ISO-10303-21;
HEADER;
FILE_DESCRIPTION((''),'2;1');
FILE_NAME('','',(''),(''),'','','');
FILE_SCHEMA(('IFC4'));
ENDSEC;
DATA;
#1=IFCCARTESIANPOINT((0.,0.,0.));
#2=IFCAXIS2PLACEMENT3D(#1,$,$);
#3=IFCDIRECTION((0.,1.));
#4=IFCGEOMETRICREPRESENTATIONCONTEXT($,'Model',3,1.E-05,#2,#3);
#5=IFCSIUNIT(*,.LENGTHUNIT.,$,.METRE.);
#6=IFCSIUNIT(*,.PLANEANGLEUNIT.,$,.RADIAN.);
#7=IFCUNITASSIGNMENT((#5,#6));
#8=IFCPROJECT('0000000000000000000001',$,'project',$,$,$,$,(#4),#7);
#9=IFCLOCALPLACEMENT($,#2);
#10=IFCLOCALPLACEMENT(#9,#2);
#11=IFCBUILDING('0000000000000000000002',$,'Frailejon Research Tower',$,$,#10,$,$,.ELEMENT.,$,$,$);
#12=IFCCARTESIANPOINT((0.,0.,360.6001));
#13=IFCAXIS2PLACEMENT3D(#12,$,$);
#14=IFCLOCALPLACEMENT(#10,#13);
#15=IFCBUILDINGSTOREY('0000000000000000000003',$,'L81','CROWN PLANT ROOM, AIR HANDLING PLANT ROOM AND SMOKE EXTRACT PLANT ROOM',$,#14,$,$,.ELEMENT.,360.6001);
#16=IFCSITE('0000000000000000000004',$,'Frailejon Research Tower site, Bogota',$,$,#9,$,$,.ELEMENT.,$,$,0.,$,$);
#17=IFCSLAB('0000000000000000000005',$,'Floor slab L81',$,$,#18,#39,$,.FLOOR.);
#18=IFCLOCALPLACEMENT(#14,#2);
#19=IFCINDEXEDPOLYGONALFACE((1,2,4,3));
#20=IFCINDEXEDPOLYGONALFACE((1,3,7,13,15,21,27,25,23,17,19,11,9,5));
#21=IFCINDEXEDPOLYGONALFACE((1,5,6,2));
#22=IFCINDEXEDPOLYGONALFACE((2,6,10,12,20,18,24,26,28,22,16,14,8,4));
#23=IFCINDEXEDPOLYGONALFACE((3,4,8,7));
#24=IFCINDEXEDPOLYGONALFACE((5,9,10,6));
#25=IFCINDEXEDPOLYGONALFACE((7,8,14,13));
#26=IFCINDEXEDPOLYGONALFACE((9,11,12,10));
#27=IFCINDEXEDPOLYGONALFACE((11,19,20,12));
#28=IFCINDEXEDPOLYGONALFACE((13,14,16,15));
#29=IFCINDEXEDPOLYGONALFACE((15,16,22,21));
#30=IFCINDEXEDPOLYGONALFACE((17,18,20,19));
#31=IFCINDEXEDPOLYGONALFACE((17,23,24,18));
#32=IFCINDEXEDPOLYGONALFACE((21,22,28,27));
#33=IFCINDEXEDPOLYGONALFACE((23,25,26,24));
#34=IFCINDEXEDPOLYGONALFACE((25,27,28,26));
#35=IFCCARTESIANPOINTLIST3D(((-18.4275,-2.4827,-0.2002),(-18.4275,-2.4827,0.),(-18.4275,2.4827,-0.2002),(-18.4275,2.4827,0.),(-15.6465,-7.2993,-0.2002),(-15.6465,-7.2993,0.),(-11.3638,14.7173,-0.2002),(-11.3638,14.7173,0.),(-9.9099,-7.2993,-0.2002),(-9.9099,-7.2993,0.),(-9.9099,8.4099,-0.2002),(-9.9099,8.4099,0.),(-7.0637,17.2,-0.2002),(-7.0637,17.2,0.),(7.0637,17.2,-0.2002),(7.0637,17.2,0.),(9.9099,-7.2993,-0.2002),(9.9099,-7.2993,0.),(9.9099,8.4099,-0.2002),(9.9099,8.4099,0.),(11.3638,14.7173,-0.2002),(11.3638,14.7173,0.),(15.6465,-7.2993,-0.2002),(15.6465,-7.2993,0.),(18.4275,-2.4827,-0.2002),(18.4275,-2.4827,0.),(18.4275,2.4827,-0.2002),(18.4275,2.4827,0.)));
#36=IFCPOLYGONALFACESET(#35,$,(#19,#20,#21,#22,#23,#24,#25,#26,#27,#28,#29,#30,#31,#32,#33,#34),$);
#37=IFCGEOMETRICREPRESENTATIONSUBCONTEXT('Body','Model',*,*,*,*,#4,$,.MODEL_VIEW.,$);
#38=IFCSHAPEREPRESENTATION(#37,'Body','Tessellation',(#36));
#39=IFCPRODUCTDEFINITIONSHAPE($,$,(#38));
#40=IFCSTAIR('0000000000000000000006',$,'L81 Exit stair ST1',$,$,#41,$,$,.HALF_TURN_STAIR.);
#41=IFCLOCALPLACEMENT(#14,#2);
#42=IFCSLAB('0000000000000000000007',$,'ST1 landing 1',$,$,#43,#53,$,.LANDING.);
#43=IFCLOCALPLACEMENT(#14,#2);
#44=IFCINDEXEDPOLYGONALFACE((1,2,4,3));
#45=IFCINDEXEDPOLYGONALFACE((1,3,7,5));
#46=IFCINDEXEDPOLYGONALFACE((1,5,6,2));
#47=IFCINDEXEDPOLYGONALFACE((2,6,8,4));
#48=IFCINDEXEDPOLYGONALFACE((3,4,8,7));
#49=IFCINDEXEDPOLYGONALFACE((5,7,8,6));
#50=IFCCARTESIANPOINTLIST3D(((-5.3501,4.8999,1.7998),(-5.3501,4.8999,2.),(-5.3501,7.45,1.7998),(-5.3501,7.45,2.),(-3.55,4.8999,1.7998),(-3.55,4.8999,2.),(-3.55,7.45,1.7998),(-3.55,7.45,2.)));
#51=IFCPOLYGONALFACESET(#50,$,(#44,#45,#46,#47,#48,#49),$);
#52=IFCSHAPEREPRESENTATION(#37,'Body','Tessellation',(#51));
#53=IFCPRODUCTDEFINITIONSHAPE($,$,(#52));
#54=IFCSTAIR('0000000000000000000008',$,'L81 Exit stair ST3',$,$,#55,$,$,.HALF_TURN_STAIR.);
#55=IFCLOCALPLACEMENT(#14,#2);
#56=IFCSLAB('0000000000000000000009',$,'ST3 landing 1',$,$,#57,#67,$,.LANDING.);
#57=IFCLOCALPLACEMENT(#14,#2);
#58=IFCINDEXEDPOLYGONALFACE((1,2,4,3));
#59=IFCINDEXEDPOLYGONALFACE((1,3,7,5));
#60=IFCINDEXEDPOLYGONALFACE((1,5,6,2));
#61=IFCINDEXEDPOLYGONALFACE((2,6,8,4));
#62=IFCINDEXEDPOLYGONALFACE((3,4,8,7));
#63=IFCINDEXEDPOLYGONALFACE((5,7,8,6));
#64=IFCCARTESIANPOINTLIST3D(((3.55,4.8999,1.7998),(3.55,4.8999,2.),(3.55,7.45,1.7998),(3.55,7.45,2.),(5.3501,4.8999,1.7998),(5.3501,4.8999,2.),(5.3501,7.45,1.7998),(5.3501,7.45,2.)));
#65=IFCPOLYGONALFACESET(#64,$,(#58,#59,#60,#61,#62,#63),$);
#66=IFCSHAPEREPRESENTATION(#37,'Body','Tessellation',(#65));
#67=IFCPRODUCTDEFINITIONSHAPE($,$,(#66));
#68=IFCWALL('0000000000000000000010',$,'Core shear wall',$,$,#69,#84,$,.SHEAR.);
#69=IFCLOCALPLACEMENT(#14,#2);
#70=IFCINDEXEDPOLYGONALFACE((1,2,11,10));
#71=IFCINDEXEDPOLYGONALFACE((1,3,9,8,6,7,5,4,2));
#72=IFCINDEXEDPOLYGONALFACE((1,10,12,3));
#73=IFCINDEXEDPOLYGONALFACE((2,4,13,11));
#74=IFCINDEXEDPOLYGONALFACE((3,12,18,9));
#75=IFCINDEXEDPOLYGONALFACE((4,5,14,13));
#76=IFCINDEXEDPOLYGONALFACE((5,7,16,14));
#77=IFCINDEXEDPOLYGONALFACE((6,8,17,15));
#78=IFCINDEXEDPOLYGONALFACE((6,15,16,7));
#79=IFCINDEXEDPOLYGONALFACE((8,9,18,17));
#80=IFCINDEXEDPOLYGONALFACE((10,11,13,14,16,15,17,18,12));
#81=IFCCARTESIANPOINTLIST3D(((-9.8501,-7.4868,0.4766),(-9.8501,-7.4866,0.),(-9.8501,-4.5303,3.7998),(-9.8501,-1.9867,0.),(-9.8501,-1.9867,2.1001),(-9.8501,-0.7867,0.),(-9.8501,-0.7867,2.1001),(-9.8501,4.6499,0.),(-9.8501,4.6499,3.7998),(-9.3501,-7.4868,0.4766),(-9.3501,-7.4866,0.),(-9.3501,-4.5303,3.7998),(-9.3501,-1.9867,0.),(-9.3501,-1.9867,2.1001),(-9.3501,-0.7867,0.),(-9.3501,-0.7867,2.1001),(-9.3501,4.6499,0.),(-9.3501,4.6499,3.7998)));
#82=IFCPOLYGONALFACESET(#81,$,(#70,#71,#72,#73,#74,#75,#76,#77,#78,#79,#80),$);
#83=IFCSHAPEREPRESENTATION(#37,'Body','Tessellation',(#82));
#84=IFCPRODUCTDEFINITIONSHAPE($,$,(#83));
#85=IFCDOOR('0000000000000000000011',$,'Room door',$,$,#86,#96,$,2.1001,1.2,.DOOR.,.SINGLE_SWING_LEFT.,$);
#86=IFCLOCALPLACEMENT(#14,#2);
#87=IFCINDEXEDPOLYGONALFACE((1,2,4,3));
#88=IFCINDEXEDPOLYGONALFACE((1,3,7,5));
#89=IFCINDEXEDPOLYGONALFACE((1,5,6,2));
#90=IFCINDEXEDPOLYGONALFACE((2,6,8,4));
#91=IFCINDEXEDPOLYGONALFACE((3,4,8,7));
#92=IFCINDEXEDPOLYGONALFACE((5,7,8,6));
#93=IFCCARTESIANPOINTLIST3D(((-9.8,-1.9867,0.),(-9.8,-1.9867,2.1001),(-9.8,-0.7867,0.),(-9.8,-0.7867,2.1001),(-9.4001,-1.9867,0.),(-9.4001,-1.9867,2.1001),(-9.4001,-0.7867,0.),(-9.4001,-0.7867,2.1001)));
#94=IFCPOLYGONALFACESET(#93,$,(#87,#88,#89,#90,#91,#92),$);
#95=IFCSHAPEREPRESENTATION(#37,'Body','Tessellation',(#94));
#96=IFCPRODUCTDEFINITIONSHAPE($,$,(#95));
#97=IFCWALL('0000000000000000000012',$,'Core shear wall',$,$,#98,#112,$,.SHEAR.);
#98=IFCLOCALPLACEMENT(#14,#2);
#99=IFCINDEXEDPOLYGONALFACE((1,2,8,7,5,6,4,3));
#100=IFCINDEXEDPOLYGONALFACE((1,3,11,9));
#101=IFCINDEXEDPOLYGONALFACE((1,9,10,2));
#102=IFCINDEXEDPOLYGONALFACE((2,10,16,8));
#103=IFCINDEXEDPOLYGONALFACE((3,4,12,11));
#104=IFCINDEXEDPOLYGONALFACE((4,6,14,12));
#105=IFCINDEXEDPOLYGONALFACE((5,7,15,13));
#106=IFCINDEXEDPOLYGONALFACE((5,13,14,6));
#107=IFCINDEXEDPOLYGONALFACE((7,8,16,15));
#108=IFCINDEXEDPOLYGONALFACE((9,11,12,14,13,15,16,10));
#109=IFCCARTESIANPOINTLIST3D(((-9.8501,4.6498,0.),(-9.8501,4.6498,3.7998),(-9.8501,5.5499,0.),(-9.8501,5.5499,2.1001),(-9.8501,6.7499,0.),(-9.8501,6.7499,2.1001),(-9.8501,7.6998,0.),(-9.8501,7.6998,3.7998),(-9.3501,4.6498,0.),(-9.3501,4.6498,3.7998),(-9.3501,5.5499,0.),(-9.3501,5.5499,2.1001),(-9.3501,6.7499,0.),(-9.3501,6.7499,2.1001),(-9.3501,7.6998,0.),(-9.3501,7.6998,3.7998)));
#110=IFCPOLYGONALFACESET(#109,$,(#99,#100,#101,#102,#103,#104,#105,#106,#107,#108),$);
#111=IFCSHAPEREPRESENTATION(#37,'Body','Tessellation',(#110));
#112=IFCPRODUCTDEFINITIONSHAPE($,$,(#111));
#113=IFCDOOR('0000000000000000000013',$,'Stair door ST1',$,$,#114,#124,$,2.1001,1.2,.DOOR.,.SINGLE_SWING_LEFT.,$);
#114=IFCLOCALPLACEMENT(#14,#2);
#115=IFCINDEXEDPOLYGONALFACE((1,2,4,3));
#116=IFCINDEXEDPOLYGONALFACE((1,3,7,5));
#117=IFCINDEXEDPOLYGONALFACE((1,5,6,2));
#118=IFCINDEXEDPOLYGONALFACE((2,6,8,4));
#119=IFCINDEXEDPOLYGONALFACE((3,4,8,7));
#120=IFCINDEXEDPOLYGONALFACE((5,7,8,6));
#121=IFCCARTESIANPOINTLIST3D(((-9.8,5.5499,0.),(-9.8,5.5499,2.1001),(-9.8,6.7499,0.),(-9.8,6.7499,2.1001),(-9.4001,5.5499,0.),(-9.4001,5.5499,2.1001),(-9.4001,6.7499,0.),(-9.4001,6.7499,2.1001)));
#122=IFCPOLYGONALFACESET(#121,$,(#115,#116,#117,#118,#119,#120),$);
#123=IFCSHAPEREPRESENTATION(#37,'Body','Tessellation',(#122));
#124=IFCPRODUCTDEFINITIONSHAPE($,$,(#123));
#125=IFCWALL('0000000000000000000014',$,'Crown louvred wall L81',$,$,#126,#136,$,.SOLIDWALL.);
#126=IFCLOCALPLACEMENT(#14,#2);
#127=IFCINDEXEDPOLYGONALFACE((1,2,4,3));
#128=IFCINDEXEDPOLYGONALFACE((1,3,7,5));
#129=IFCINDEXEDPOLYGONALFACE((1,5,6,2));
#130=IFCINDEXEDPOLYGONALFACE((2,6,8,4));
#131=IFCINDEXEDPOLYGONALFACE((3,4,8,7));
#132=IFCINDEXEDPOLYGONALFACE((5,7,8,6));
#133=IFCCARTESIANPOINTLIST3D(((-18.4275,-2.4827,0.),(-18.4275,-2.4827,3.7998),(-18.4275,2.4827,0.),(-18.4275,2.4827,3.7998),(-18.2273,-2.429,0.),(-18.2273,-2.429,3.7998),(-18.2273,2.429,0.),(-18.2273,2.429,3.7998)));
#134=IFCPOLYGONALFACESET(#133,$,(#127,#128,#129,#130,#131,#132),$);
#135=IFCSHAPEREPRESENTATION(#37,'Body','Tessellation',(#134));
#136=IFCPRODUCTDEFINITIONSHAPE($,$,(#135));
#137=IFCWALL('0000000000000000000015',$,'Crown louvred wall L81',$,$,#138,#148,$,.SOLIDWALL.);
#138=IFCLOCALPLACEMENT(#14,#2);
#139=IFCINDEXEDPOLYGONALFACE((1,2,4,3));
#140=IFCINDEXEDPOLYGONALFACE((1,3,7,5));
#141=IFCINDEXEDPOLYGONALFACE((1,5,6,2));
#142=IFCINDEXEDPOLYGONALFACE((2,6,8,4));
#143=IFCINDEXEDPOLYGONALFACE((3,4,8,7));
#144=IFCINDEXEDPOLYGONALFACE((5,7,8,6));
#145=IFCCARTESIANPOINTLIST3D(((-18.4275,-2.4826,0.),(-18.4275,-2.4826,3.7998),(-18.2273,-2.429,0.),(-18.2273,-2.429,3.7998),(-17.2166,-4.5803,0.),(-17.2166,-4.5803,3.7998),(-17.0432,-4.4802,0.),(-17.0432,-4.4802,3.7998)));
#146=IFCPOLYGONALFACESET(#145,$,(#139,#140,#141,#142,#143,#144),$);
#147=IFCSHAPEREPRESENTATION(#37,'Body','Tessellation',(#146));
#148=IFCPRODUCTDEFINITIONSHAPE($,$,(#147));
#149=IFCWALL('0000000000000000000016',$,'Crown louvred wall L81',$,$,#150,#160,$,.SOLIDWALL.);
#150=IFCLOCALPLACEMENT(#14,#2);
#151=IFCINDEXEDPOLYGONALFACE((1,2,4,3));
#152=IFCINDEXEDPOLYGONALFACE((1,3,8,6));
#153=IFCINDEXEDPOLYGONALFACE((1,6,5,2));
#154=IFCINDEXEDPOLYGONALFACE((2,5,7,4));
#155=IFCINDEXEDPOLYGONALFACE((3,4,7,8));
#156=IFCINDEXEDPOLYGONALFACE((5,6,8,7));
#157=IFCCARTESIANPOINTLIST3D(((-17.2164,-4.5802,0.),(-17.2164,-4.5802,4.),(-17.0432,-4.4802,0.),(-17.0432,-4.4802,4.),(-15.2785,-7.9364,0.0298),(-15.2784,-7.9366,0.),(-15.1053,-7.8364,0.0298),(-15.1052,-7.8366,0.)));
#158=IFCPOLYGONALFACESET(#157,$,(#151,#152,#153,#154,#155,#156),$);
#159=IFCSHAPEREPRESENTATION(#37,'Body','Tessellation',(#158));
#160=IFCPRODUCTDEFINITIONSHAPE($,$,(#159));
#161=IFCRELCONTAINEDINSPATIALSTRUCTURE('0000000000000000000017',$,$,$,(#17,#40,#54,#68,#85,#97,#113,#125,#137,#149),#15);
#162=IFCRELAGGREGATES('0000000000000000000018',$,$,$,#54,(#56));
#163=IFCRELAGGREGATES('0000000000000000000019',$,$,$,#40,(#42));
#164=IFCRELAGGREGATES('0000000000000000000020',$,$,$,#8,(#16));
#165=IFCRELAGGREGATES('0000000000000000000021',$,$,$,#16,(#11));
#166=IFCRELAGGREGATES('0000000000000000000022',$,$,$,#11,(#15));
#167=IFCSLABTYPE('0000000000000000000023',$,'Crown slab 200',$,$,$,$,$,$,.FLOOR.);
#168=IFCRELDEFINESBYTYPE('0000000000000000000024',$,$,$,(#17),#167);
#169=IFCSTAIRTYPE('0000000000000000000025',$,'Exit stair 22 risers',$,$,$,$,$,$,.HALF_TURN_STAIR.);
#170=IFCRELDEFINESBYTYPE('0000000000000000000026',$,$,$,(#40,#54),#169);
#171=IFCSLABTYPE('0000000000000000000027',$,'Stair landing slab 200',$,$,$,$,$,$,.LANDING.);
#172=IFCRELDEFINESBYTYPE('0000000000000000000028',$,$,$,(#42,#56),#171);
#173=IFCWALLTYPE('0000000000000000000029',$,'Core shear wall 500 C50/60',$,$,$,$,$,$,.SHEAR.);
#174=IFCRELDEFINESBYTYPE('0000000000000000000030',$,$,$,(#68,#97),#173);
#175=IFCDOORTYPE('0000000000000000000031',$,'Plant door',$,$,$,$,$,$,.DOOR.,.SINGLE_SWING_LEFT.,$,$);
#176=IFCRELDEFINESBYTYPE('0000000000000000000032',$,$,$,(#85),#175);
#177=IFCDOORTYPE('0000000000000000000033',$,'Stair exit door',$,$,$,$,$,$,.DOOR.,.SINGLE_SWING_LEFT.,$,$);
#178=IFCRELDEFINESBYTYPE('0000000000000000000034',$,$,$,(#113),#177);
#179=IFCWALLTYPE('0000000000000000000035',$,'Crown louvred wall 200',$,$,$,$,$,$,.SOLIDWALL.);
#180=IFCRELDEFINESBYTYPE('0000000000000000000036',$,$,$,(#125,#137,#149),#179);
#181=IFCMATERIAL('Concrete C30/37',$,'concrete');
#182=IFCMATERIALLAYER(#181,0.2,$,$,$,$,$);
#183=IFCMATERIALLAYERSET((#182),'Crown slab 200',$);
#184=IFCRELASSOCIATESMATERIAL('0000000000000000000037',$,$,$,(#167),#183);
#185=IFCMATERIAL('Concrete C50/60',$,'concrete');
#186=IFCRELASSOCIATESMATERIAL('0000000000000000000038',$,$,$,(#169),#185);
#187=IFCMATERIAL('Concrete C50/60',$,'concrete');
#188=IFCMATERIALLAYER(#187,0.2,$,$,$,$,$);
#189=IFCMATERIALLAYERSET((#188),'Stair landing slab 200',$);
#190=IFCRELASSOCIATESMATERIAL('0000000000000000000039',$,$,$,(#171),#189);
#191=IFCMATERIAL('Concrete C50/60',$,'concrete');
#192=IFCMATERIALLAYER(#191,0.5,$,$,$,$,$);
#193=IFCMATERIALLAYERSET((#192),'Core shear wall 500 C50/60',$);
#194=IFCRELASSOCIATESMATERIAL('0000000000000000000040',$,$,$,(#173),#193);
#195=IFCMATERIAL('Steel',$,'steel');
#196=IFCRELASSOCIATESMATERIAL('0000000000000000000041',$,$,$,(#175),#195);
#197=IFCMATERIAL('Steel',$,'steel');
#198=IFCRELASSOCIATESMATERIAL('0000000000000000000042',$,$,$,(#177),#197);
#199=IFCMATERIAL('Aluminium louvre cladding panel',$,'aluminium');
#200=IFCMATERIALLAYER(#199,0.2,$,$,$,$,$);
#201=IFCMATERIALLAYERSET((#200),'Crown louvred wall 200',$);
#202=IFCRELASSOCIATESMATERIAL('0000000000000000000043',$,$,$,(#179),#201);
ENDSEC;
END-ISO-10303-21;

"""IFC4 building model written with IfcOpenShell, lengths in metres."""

from ifc_helpers import new_model, si_unit, direction, frame, frame_2d, origin, place, context, subcontext, project, spatial, polyline, rectangle, outline, extrude, material, layer, layer_set, type_object, element, fill, aggregate, save


model = new_model("IFC4")

# Units and contexts
model_context = context("Model", 3, precision=1e-05, world=origin(), true_north=direction((0.0, 1.0)))
body_context = subcontext(model_context, "Body", "Model", "MODEL_VIEW")
ifc_project = project(units=[si_unit("LENGTHUNIT", "METRE"), si_unit("PLANEANGLEUNIT", "RADIAN")], contexts=[model_context])

# Site, building, storey
site_placement = place(None, origin())
site = spatial("IfcSite", under=ifc_project, at=site_placement, Name="Frailejon Research Tower site, Bogota", CompositionType="ELEMENT", RefElevation=0.0)
building_placement = place(site_placement, origin())
building = spatial("IfcBuilding", under=site, at=building_placement, Name="Frailejon Research Tower", CompositionType="ELEMENT")
storey_placement = place(building_placement, frame((0.0, 0.0, 360.6001)))
storey = spatial("IfcBuildingStorey", under=building, at=storey_placement, Name="L81", Description="CROWN PLANT ROOM, AIR HANDLING PLANT ROOM AND SMOKE EXTRACT PLANT ROOM", CompositionType="ELEMENT", Elevation=360.6001)

# Slab
ifc_material_1 = material(Name="Concrete C30/37", Category="concrete")
ifc_layer_1 = layer(ifc_material_1, 0.2)
ifc_layer_set_1 = layer_set([ifc_layer_1], Name="Crown slab 200")
slab_type_1 = type_object("IfcSlabType", Name="Crown slab 200", PredefinedType="FLOOR", material=ifc_layer_set_1)
slab_1_placement = place(storey_placement, frame((0.0, 0.0, -0.2002)))
element("IfcSlab", 1, at=slab_1_placement, inside=storey, type_object=slab_type_1, Name="Floor slab L81", PredefinedType="FLOOR", context=body_context, shape_type="SweptSolid", body=[
    extrude(outline(polyline([(-11.3638, 14.7173), (-18.4275, 2.4827), (-18.4275, -2.4827), (-15.6465, -7.2993), (-9.9099, -7.2993), (-9.9099, 8.4099), (9.9099, 8.4099), (9.9099, -7.2993), (15.6465, -7.2993), (18.4275, -2.4827), (18.4275, 2.4827), (11.3638, 14.7173), (7.0637, 17.2), (-7.0637, 17.2), (-11.3638, 14.7173)])), origin(), (0.0, 0.0, 1.0), 0.2002),
])

# Stairs, slabs
ifc_material_2 = material(Name="Concrete C50/60", Category="concrete")
stair_type = type_object("IfcStairType", Name="Exit stair 22 risers", PredefinedType="HALF_TURN_STAIR", material=ifc_material_2)
stair_1_placement = place(storey_placement, origin())
stair_1 = element("IfcStair", 2, at=stair_1_placement, inside=storey, type_object=stair_type, Name="L81 Exit stair ST1", PredefinedType="HALF_TURN_STAIR")
ifc_material_3 = material(Name="Concrete C50/60", Category="concrete")
ifc_layer_2 = layer(ifc_material_3, 0.2)
ifc_layer_set_2 = layer_set([ifc_layer_2], Name="Stair landing slab 200")
slab_type_2 = type_object("IfcSlabType", Name="Stair landing slab 200", PredefinedType="LANDING", material=ifc_layer_set_2)
slab_2_placement = place(storey_placement, frame((0.0, 0.0, 1.7998)))
slab_2 = element("IfcSlab", 3, at=slab_2_placement, type_object=slab_type_2, Name="ST1 landing 1", PredefinedType="LANDING", context=body_context, shape_type="SweptSolid", body=[
    extrude(outline(polyline([(-5.3501, 4.8999), (-3.55, 4.8999), (-3.55, 7.45), (-5.3501, 7.45), (-5.3501, 4.8999)])), origin(), (0.0, 0.0, 1.0), 0.2002),
])
stair_2_placement = place(storey_placement, origin())
stair_2 = element("IfcStair", 4, at=stair_2_placement, inside=storey, type_object=stair_type, Name="L81 Exit stair ST3", PredefinedType="HALF_TURN_STAIR")
slab_3_placement = place(storey_placement, frame((0.0, 0.0, 1.7998)))
slab_3 = element("IfcSlab", 5, at=slab_3_placement, type_object=slab_type_2, Name="ST3 landing 1", PredefinedType="LANDING", context=body_context, shape_type="SweptSolid", body=[
    extrude(outline(polyline([(5.3501, 7.45), (3.55, 7.45), (3.55, 4.8999), (5.3501, 4.8999), (5.3501, 7.45)])), origin(), (0.0, 0.0, 1.0), 0.2002),
])
aggregate(stair_2, [slab_3])

# Walls, openings, doors
ifc_material_4 = material(Name="Concrete C50/60", Category="concrete")
ifc_layer_3 = layer(ifc_material_4, 0.5)
ifc_layer_set_3 = layer_set([ifc_layer_3], Name="Core shear wall 500 C50/60")
wall_type_1 = type_object("IfcWallType", Name="Core shear wall 500 C50/60", PredefinedType="SHEAR", material=ifc_layer_set_3)
wall_1_placement = place(storey_placement, frame((-9.6001, 4.6499, 0.0), z_axis=(0.0, 0.0, 1.0), x_axis=(0.0, -1.0, 0.0)))
wall_1 = element("IfcWall", 6, at=wall_1_placement, inside=storey, type_object=wall_type_1, Name="Core shear wall", PredefinedType="SHEAR", context=body_context, shape_type="SweptSolid", body=[
    extrude(outline(polyline([(0.0, 0.0), (12.1365, 0.0), (12.1367, 0.4766), (9.1802, 3.7998), (5.1802, 3.7998), (0.0, 3.7998), (0.0, 0.0)])), frame((0.0, 0.25, 0.0), z_axis=(0.0, -1.0, 0.0), x_axis=(1.0, 0.0, 0.0)), (0.0, 0.0, 1.0), 0.5),
])
opening_1_placement = place(wall_1_placement, frame((5.4365, 0.0, 0.0)))
opening_1 = element("IfcOpeningElement", 7, at=opening_1_placement, cuts=wall_1, PredefinedType="OPENING", context=body_context, shape_type="SweptSolid", body=[
    extrude(rectangle(XDim=1.2, YDim=2.1001, at=frame_2d((0.6001, 1.05))), frame((0.0, 0.26, 0.0), z_axis=(0.0, -1.0, 0.0), x_axis=(1.0, 0.0, 0.0)), (0.0, 0.0, 1.0), 0.52),
])
ifc_material_5 = material(Name="Steel", Category="steel")
door_type_1 = type_object("IfcDoorType", Name="Plant door", OperationType="SINGLE_SWING_LEFT", PredefinedType="DOOR", material=ifc_material_5)
door_1_placement = place(opening_1_placement, origin())
door_1 = element("IfcDoor", 8, at=door_1_placement, inside=storey, type_object=door_type_1, Name="Room door", OperationType="SINGLE_SWING_LEFT", OverallHeight=2.1001, OverallWidth=1.2, PredefinedType="DOOR", context=body_context, shape_type="SweptSolid", body=[
    extrude(rectangle(XDim=1.2, YDim=2.1001, at=frame_2d((0.6001, 1.05))), frame((0.0, 0.2, 0.0), z_axis=(0.0, -1.0, 0.0), x_axis=(1.0, 0.0, 0.0)), (0.0, 0.0, 1.0), 0.3999),
])
fill(opening_1, door_1)
wall_2_placement = place(storey_placement, frame((-9.6001, 4.6499, 0.0), z_axis=(0.0, 0.0, 1.0), x_axis=(0.0, 1.0, 0.0)))
wall_2 = element("IfcWall", 9, at=wall_2_placement, inside=storey, type_object=wall_type_1, Name="Core shear wall", PredefinedType="SHEAR", context=body_context, shape_type="SweptSolid", body=[
    extrude(rectangle(XDim=3.05, YDim=0.5, at=frame_2d((1.5249, 0.0))), origin(), (0.0, 0.0, 1.0), 3.7998),
])
opening_2_placement = place(wall_2_placement, frame((0.8999, 0.0, 0.0)))
opening_2 = element("IfcOpeningElement", 10, at=opening_2_placement, cuts=wall_2, PredefinedType="OPENING", context=body_context, shape_type="SweptSolid", body=[
    extrude(rectangle(XDim=1.2, YDim=2.1001, at=frame_2d((0.6001, 1.05))), frame((0.0, 0.26, 0.0), z_axis=(0.0, -1.0, 0.0), x_axis=(1.0, 0.0, 0.0)), (0.0, 0.0, 1.0), 0.52),
])
ifc_material_6 = material(Name="Steel", Category="steel")
door_type_2 = type_object("IfcDoorType", Name="Stair exit door", OperationType="SINGLE_SWING_LEFT", PredefinedType="DOOR", material=ifc_material_6)
door_2_placement = place(opening_2_placement, origin())
door_2 = element("IfcDoor", 11, at=door_2_placement, inside=storey, type_object=door_type_2, Name="Stair door ST1", OperationType="SINGLE_SWING_LEFT", OverallHeight=2.1001, OverallWidth=1.2, PredefinedType="DOOR", context=body_context, shape_type="SweptSolid", body=[
    extrude(rectangle(XDim=1.2, YDim=2.1001, at=frame_2d((0.6001, 1.05))), frame((0.0, 0.2, 0.0), z_axis=(0.0, -1.0, 0.0), x_axis=(1.0, 0.0, 0.0)), (0.0, 0.0, 1.0), 0.3999),
])
fill(opening_2, door_2)

# Walls
ifc_material_7 = material(Name="Aluminium louvre cladding panel", Category="aluminium")
ifc_layer_4 = layer(ifc_material_7, 0.2)
ifc_layer_set_4 = layer_set([ifc_layer_4], Name="Crown louvred wall 200")
wall_type_2 = type_object("IfcWallType", Name="Crown louvred wall 200", PredefinedType="SOLIDWALL", material=ifc_layer_set_4)
wall_3_placement = place(storey_placement, frame((-18.3274, 2.4558, 0.0), z_axis=(0.0, 0.0, 1.0), x_axis=(0.0, -1.0, 0.0)))
element("IfcWall", 12, at=wall_3_placement, inside=storey, type_object=wall_type_2, Name="Crown louvred wall L81", PredefinedType="SOLIDWALL", context=body_context, shape_type="SweptSolid", body=[
    extrude(outline(polyline([(-0.0269, -0.1001), (4.9385, -0.1001), (4.8848, 0.1001), (0.0269, 0.1001), (-0.0269, -0.1001)])), origin(), (0.0, 0.0, 1.0), 3.7998),
])
wall_4_placement = place(storey_placement, frame((-18.3274, -2.4558, 0.0), z_axis=(0.0, 0.0, 1.0), x_axis=(0.499943, -0.866058, 0.0)))
element("IfcWall", 13, at=wall_4_placement, inside=storey, type_object=wall_type_2, Name="Crown louvred wall L81", PredefinedType="SOLIDWALL", context=body_context, shape_type="SweptSolid", body=[
    extrude(outline(polyline([(-0.0269, -0.1001), (2.3953, -0.1001), (2.3953, 0.1001), (0.0269, 0.1001), (-0.0269, -0.1001)])), origin(), (0.0, 0.0, 1.0), 3.7998),
])
wall_5_placement = place(storey_placement, frame((-17.1299, -4.5303, 0.0), z_axis=(0.0, 0.0, 1.0), x_axis=(0.500028, -0.866009, 0.0)))
element("IfcWall", 14, at=wall_5_placement, inside=storey, type_object=wall_type_2, Name="Crown louvred wall L81", PredefinedType="SOLIDWALL", context=body_context, shape_type="SweptSolid", body=[
    extrude(outline(polyline([(0.0, 0.0), (3.8757, 0.0), (3.8755, 0.0298), (0.0, 4.0), (0.0, 0.0)])), frame((0.0, 0.1001, 0.0), z_axis=(0.0, -1.0, 0.0), x_axis=(1.0, 0.0, 0.0)), (0.0, 0.0, 1.0), 0.2),
])

aggregate(stair_1, [slab_2])

save(model, "model.ifc")
